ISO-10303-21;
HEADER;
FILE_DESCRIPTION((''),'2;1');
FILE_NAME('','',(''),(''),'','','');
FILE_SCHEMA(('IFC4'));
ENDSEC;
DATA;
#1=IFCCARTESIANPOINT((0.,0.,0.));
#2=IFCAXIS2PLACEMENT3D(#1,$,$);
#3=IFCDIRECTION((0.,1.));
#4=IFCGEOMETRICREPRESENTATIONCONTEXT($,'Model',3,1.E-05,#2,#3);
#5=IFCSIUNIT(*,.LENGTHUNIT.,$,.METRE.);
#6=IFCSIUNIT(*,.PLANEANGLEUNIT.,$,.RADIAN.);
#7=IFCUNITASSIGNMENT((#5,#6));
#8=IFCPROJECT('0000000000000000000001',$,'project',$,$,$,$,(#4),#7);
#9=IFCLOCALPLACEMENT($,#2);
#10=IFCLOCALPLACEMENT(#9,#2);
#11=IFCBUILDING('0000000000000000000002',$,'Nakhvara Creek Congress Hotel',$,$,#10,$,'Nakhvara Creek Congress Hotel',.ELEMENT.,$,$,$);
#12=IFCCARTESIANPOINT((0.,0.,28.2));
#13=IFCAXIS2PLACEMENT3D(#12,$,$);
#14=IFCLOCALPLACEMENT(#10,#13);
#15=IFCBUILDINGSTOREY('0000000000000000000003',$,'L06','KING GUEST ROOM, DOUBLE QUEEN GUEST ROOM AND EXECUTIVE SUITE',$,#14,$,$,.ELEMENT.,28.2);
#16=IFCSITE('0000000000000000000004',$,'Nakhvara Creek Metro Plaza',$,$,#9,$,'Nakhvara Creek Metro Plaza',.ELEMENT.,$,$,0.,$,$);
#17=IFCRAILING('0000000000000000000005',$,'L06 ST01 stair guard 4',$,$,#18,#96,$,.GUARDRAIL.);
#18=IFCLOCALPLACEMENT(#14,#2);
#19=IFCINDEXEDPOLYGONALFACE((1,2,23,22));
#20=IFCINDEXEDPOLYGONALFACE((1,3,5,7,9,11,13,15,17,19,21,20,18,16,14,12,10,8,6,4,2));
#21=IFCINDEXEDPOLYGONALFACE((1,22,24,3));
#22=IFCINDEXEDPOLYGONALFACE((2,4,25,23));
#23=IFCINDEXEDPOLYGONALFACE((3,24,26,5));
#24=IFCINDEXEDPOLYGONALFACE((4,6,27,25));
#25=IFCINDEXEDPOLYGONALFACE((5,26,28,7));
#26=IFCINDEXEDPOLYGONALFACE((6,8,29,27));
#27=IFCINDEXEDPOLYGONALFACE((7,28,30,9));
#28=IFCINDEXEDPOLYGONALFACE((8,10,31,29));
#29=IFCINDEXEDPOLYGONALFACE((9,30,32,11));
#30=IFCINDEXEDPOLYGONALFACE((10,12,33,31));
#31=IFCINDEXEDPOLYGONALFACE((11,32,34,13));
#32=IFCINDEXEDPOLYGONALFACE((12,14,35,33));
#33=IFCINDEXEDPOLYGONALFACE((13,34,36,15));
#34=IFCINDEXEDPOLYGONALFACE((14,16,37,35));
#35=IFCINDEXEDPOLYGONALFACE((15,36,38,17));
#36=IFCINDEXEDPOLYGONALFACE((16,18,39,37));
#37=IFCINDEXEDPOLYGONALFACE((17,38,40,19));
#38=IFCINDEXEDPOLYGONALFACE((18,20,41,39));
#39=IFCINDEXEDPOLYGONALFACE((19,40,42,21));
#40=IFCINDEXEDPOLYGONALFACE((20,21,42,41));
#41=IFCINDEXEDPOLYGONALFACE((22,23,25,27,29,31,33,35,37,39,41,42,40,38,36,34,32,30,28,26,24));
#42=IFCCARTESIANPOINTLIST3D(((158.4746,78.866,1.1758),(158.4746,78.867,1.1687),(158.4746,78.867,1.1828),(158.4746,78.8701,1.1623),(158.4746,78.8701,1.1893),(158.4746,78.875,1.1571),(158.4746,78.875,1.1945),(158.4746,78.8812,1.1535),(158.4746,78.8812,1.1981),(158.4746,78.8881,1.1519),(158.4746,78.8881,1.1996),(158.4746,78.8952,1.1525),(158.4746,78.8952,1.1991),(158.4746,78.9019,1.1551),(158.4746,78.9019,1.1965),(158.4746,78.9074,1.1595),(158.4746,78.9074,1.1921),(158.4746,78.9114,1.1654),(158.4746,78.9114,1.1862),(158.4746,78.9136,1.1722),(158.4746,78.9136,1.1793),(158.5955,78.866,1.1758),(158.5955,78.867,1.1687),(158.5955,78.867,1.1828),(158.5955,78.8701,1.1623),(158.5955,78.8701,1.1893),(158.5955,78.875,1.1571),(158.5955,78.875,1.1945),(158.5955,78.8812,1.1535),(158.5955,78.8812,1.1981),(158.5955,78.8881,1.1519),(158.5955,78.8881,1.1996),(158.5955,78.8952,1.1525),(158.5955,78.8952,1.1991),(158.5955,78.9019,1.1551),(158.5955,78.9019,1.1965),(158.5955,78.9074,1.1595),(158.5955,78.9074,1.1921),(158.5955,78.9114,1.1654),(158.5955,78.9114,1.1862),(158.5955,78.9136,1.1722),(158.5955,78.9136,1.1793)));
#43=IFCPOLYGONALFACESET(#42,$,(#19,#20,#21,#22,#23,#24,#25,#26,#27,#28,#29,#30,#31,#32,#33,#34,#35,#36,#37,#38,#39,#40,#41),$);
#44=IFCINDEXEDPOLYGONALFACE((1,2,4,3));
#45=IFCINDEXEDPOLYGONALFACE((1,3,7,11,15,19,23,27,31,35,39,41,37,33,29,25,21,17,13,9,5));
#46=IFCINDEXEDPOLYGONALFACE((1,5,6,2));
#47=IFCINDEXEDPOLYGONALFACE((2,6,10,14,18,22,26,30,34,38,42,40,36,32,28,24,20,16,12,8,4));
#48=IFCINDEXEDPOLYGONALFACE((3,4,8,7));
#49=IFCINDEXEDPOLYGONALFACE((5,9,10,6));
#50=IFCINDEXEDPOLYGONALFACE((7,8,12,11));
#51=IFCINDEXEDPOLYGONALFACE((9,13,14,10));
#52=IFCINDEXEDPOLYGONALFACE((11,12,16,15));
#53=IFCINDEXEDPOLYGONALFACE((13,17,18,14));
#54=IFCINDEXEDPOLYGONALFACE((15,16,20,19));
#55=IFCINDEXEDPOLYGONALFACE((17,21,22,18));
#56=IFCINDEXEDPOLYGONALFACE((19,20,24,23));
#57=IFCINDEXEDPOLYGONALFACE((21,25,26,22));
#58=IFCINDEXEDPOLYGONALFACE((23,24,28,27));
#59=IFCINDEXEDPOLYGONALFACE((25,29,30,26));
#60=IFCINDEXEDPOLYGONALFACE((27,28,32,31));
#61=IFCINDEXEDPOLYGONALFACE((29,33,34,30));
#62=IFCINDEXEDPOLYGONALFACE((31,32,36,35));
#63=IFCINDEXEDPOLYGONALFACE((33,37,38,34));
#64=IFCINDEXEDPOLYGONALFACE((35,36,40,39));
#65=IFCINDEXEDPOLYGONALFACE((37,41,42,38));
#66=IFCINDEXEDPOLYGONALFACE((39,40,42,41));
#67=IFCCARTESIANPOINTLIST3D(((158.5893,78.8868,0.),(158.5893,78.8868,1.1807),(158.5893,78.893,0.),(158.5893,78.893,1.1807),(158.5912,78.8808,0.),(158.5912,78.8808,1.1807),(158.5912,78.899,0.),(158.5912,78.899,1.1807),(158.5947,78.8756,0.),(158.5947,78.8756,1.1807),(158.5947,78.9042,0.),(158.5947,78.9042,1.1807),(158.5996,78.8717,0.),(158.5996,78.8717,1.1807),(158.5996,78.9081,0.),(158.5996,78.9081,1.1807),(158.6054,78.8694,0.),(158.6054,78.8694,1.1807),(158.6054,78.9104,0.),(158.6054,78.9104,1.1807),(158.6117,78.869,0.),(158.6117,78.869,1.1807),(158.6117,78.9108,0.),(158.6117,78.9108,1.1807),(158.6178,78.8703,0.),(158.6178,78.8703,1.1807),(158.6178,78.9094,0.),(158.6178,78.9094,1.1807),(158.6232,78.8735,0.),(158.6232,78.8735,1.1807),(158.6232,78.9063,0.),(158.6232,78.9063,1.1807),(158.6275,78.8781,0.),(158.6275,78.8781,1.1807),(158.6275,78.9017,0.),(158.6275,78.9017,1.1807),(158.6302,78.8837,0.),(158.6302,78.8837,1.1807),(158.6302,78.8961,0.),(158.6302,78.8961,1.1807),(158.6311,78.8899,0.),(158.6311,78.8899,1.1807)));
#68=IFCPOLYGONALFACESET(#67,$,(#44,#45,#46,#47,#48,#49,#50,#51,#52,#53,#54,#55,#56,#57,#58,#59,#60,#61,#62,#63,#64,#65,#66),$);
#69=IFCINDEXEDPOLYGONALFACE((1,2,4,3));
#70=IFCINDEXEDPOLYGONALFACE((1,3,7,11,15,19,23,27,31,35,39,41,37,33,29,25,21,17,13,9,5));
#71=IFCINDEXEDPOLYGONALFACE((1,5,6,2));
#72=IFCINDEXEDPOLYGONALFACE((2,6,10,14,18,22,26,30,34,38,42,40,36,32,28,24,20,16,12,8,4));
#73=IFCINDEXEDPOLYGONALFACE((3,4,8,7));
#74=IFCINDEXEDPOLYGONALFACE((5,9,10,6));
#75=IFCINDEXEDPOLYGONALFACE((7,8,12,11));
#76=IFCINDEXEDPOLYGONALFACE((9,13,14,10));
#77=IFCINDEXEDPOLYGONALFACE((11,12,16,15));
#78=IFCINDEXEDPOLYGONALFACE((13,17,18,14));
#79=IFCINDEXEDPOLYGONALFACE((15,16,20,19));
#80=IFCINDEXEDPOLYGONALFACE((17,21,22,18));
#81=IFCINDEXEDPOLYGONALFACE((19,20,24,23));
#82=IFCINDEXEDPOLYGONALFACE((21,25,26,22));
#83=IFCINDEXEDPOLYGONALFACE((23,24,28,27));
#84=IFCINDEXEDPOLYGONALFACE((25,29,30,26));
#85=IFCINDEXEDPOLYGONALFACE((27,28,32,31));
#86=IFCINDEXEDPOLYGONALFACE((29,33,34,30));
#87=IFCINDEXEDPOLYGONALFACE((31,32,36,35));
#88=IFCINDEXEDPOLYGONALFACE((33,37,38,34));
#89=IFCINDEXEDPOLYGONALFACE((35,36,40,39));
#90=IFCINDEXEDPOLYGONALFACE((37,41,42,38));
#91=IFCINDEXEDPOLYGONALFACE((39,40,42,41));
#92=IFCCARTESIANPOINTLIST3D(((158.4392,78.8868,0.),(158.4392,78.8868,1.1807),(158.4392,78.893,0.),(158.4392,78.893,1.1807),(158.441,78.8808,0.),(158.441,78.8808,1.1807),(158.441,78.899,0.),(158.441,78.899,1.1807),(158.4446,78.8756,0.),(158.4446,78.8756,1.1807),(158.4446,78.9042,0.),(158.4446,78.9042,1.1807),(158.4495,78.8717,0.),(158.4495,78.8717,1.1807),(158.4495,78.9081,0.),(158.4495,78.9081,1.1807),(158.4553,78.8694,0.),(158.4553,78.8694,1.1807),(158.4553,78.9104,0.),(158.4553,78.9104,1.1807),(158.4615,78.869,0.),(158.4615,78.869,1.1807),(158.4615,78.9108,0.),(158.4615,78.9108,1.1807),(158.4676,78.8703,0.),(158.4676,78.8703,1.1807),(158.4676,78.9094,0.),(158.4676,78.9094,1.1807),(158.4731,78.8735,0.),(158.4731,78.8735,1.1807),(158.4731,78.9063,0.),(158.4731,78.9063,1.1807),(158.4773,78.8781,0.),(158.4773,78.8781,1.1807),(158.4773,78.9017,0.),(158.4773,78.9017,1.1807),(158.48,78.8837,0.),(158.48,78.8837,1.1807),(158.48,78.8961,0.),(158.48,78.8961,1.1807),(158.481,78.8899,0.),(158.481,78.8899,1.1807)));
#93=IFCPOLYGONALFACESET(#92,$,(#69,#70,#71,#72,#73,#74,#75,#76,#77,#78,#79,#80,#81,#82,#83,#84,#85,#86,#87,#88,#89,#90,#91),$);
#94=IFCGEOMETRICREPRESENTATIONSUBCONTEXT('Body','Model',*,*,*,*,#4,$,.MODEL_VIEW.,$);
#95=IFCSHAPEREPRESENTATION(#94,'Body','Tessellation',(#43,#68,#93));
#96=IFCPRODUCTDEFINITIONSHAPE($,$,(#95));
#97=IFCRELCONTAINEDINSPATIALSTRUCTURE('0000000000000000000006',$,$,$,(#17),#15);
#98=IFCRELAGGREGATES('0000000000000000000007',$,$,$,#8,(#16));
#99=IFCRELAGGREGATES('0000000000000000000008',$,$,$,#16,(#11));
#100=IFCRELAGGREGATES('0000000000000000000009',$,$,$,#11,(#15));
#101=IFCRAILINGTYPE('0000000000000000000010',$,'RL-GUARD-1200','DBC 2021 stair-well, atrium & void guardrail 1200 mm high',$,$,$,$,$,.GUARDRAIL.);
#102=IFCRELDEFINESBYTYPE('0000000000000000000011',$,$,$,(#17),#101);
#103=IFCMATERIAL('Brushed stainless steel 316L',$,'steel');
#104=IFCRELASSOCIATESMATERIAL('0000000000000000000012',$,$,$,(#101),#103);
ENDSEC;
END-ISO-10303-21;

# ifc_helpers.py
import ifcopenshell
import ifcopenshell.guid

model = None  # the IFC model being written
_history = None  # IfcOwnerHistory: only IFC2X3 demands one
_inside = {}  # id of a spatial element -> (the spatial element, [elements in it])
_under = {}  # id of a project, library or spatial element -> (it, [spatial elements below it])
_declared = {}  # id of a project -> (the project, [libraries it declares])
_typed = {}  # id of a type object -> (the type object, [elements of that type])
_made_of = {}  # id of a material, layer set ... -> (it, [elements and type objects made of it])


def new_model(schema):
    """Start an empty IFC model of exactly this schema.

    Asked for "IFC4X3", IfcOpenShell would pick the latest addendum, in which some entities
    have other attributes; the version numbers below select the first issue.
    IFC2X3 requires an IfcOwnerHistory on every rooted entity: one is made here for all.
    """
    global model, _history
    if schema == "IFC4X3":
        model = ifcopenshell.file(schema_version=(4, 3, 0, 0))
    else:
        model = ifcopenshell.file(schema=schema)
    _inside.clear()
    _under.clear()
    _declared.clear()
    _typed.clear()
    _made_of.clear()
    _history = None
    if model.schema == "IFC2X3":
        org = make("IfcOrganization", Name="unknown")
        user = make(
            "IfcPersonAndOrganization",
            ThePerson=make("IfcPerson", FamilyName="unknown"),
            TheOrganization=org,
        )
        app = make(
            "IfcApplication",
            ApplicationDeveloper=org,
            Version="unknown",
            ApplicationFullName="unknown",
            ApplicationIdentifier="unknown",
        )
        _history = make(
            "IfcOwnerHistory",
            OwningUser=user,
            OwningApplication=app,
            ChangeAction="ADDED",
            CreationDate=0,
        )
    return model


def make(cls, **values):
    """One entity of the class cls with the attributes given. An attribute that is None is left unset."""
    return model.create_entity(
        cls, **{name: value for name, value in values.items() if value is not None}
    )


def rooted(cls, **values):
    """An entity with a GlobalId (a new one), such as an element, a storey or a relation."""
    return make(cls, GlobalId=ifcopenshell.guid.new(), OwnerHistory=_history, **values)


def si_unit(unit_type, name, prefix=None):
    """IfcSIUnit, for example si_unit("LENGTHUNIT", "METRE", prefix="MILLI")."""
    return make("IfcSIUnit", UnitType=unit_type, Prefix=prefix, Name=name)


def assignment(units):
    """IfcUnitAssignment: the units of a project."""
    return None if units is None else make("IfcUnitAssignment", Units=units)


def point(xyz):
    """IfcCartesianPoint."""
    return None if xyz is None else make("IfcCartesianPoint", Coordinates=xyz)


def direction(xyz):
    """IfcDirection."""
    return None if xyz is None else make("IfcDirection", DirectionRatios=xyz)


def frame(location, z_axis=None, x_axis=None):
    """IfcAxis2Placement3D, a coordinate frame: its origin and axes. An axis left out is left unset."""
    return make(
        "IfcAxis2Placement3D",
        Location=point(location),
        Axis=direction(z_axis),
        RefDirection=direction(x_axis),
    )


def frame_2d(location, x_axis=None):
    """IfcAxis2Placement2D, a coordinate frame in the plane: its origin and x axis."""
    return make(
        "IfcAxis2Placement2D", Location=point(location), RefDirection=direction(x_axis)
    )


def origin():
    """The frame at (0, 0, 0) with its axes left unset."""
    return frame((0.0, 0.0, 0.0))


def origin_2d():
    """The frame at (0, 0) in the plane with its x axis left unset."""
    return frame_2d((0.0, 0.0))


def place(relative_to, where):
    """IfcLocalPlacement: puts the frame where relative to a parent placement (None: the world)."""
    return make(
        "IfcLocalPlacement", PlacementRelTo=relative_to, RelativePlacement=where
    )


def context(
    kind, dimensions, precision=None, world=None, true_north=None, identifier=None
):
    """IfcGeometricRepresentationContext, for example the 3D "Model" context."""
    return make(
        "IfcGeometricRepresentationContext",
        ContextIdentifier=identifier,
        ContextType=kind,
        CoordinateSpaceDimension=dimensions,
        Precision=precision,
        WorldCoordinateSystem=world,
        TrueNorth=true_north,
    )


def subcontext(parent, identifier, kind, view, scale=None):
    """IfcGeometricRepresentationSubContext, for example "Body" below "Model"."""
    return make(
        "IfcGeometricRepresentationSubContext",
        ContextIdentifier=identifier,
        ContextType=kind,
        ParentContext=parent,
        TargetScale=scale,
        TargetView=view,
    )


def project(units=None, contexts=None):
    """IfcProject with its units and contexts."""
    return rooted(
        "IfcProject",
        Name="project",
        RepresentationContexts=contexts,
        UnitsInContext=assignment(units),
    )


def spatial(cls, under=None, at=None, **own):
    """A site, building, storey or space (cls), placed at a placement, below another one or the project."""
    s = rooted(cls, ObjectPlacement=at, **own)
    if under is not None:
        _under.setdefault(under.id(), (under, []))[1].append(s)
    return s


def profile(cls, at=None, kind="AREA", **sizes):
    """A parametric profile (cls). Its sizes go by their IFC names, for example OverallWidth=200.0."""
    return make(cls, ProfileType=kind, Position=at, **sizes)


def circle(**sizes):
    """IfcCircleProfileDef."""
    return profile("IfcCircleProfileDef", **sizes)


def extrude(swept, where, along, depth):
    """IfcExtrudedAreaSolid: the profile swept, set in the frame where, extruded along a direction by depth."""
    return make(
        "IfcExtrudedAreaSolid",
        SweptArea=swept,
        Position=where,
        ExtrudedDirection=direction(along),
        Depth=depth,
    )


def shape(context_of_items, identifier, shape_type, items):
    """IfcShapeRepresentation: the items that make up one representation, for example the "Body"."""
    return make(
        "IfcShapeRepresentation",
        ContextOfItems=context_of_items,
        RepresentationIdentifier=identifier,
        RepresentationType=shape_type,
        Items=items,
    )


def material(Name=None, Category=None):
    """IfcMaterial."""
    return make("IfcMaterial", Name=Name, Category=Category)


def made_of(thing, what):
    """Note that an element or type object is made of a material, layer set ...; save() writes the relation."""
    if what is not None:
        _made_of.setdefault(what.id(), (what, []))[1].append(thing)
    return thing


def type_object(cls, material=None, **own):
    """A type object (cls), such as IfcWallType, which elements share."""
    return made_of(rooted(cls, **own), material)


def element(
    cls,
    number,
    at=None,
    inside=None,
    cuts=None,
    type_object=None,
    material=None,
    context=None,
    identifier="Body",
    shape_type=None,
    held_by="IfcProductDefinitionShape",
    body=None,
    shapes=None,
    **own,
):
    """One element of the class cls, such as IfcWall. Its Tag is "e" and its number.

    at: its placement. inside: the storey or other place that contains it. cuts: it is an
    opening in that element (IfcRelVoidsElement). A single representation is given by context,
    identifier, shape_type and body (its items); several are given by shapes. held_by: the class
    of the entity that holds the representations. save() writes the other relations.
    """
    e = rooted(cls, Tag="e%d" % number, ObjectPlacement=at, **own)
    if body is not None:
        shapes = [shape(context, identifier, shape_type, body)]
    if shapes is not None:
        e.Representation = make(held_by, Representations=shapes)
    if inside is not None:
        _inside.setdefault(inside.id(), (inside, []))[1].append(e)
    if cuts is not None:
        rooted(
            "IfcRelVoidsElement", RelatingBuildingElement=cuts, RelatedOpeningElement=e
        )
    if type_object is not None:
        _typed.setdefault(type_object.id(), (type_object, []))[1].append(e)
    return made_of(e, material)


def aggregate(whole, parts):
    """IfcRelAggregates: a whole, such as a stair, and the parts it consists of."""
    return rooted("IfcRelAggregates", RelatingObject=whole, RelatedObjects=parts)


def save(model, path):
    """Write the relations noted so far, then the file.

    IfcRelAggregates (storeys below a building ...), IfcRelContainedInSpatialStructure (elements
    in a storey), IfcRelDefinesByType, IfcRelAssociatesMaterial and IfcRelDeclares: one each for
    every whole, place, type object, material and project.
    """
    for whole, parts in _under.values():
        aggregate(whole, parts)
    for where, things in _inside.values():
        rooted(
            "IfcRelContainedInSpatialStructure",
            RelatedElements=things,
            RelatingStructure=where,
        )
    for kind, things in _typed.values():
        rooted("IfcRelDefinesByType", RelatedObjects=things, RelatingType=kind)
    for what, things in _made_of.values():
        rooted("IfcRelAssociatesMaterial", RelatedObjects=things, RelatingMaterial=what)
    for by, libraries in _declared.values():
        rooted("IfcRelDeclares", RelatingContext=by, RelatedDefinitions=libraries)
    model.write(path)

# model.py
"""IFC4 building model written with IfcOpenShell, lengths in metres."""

from ifc_helpers import new_model, si_unit, direction, frame, origin, origin_2d, place, context, subcontext, project, spatial, circle, extrude, material, type_object, element, save


model = new_model("IFC4")

# Units and contexts
model_context = context("Model", 3, precision=1e-05, world=origin(), true_north=direction((0.0, 1.0)))
body_context = subcontext(model_context, "Body", "Model", "MODEL_VIEW")
ifc_project = project(units=[si_unit("LENGTHUNIT", "METRE"), si_unit("PLANEANGLEUNIT", "RADIAN")], contexts=[model_context])

# Site, building, storey
site_placement = place(None, origin())
site = spatial("IfcSite", under=ifc_project, at=site_placement, Name="Nakhvara Creek Metro Plaza", LongName="Nakhvara Creek Metro Plaza", CompositionType="ELEMENT", RefElevation=0.0)
building_placement = place(site_placement, origin())
building = spatial("IfcBuilding", under=site, at=building_placement, Name="Nakhvara Creek Congress Hotel", LongName="Nakhvara Creek Congress Hotel", CompositionType="ELEMENT")
storey_placement = place(building_placement, frame((0.0, 0.0, 28.2)))
storey = spatial("IfcBuildingStorey", under=building, at=storey_placement, Name="L06", Description="KING GUEST ROOM, DOUBLE QUEEN GUEST ROOM AND EXECUTIVE SUITE", CompositionType="ELEMENT", Elevation=28.2)

# Railing
ifc_material_1 = material(Name="Brushed stainless steel 316L", Category="steel")
railing_type_1 = type_object("IfcRailingType", Name="RL-GUARD-1200", Description="DBC 2021 stair-well, atrium & void guardrail 1200 mm high", PredefinedType="GUARDRAIL", material=ifc_material_1)
railing_1_placement = place(storey_placement, frame((158.6101, 78.8899, 0.0)))
element("IfcRailing", 1, at=railing_1_placement, inside=storey, type_object=railing_type_1, Name="L06 ST01 stair guard 4", PredefinedType="GUARDRAIL", context=body_context, shape_type="SweptSolid", body=[
    extrude(circle(Radius=0.0239, at=origin_2d()), frame((-0.0146, 0.0, 1.1758), z_axis=(-1.0, 0.0, 0.0), x_axis=(0.0, -1.0, 0.0)), (0.0, 0.0, 1.0), 0.1208),
    extrude(circle(Radius=0.021, at=origin_2d()), origin(), (0.0, 0.0, 1.0), 1.1807),
    extrude(circle(Radius=0.021, at=origin_2d()), frame((-0.1501, 0.0, 0.0)), (0.0, 0.0, 1.0), 1.1807),
])

save(model, "model.ifc")
